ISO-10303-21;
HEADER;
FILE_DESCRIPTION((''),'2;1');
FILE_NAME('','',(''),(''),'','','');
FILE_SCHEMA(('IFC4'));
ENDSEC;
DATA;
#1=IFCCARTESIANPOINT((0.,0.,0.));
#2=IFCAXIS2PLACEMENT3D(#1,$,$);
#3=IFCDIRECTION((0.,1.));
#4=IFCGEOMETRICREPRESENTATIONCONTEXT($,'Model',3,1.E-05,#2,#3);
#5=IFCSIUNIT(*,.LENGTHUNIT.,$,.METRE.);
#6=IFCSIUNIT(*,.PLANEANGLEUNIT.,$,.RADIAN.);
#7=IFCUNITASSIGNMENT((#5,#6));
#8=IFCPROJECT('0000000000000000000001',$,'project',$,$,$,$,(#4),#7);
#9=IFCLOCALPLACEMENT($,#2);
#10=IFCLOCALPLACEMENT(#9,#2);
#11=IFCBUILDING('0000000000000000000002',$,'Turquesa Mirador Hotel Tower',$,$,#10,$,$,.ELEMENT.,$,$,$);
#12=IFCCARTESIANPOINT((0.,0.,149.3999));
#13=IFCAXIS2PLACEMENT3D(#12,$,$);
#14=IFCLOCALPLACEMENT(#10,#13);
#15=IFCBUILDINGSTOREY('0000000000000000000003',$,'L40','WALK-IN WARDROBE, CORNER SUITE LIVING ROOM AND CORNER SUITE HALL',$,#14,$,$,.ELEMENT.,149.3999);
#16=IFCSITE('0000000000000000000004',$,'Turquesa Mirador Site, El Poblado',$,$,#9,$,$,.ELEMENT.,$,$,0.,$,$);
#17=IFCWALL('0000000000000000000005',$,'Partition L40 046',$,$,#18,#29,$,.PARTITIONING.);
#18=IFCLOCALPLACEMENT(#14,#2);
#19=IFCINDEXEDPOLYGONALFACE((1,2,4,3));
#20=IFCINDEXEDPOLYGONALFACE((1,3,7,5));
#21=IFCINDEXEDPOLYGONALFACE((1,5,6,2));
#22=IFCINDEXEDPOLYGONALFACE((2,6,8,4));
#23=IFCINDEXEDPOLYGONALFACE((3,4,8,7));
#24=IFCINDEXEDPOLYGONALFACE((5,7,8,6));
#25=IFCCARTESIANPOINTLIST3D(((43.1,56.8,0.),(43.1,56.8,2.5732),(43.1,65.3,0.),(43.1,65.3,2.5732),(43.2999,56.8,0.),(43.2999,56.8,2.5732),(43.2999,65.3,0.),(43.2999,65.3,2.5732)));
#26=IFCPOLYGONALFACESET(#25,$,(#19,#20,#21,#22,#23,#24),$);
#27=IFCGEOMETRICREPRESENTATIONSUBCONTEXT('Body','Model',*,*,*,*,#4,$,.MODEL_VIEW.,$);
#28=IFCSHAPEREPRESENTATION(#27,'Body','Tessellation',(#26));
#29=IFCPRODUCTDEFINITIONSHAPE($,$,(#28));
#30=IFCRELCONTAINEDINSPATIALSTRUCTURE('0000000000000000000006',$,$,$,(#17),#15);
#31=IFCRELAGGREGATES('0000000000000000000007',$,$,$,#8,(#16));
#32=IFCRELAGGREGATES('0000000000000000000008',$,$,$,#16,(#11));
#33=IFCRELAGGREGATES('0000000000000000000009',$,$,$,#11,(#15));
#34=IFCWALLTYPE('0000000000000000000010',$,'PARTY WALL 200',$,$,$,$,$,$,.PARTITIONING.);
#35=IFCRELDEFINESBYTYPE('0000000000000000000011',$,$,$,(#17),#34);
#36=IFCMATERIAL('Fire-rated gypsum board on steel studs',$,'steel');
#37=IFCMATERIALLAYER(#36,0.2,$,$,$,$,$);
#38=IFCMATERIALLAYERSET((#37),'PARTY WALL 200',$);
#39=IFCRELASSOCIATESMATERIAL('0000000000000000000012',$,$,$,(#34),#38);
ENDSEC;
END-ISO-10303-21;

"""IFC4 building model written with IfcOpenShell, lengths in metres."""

from ifc_helpers import new_model, si_unit, direction, frame, frame_2d, origin, place, context, subcontext, project, spatial, rectangle, extrude, material, layer, layer_set, type_object, element, save


model = new_model("IFC4")

# Units and contexts
model_context = context("Model", 3, precision=1e-05, world=origin(), true_north=direction((0.0, 1.0)))
body_context = subcontext(model_context, "Body", "Model", "MODEL_VIEW")
ifc_project = project(units=[si_unit("LENGTHUNIT", "METRE"), si_unit("PLANEANGLEUNIT", "RADIAN")], contexts=[model_context])

# Site, building, storey
site_placement = place(None, origin())
site = spatial("IfcSite", under=ifc_project, at=site_placement, Name="Turquesa Mirador Site, El Poblado", CompositionType="ELEMENT", RefElevation=0.0)
building_placement = place(site_placement, origin())
building = spatial("IfcBuilding", under=site, at=building_placement, Name="Turquesa Mirador Hotel Tower", CompositionType="ELEMENT")
storey_placement = place(building_placement, frame((0.0, 0.0, 149.3999)))
storey = spatial("IfcBuildingStorey", under=building, at=storey_placement, Name="L40", Description="WALK-IN WARDROBE, CORNER SUITE LIVING ROOM AND CORNER SUITE HALL", CompositionType="ELEMENT", Elevation=149.3999)

# Wall
ifc_material_1 = material(Name="Fire-rated gypsum board on steel studs", Category="steel")
ifc_layer_1 = layer(ifc_material_1, 0.2)
ifc_layer_set_1 = layer_set([ifc_layer_1], Name="PARTY WALL 200")
wall_type_1 = type_object("IfcWallType", Name="PARTY WALL 200", PredefinedType="PARTITIONING", material=ifc_layer_set_1)
wall_1_placement = place(storey_placement, frame((43.2, 56.8, 0.0), z_axis=(0.0, 0.0, 1.0), x_axis=(0.0, 1.0, 0.0)))
element("IfcWall", 1, at=wall_1_placement, inside=storey, type_object=wall_type_1, Name="Partition L40 046", PredefinedType="PARTITIONING", context=body_context, shape_type="SweptSolid", body=[
    extrude(rectangle(XDim=8.5, YDim=0.2, at=frame_2d((4.25, 0.0))), origin(), (0.0, 0.0, 1.0), 2.5732),
])

save(model, "model.ifc")
